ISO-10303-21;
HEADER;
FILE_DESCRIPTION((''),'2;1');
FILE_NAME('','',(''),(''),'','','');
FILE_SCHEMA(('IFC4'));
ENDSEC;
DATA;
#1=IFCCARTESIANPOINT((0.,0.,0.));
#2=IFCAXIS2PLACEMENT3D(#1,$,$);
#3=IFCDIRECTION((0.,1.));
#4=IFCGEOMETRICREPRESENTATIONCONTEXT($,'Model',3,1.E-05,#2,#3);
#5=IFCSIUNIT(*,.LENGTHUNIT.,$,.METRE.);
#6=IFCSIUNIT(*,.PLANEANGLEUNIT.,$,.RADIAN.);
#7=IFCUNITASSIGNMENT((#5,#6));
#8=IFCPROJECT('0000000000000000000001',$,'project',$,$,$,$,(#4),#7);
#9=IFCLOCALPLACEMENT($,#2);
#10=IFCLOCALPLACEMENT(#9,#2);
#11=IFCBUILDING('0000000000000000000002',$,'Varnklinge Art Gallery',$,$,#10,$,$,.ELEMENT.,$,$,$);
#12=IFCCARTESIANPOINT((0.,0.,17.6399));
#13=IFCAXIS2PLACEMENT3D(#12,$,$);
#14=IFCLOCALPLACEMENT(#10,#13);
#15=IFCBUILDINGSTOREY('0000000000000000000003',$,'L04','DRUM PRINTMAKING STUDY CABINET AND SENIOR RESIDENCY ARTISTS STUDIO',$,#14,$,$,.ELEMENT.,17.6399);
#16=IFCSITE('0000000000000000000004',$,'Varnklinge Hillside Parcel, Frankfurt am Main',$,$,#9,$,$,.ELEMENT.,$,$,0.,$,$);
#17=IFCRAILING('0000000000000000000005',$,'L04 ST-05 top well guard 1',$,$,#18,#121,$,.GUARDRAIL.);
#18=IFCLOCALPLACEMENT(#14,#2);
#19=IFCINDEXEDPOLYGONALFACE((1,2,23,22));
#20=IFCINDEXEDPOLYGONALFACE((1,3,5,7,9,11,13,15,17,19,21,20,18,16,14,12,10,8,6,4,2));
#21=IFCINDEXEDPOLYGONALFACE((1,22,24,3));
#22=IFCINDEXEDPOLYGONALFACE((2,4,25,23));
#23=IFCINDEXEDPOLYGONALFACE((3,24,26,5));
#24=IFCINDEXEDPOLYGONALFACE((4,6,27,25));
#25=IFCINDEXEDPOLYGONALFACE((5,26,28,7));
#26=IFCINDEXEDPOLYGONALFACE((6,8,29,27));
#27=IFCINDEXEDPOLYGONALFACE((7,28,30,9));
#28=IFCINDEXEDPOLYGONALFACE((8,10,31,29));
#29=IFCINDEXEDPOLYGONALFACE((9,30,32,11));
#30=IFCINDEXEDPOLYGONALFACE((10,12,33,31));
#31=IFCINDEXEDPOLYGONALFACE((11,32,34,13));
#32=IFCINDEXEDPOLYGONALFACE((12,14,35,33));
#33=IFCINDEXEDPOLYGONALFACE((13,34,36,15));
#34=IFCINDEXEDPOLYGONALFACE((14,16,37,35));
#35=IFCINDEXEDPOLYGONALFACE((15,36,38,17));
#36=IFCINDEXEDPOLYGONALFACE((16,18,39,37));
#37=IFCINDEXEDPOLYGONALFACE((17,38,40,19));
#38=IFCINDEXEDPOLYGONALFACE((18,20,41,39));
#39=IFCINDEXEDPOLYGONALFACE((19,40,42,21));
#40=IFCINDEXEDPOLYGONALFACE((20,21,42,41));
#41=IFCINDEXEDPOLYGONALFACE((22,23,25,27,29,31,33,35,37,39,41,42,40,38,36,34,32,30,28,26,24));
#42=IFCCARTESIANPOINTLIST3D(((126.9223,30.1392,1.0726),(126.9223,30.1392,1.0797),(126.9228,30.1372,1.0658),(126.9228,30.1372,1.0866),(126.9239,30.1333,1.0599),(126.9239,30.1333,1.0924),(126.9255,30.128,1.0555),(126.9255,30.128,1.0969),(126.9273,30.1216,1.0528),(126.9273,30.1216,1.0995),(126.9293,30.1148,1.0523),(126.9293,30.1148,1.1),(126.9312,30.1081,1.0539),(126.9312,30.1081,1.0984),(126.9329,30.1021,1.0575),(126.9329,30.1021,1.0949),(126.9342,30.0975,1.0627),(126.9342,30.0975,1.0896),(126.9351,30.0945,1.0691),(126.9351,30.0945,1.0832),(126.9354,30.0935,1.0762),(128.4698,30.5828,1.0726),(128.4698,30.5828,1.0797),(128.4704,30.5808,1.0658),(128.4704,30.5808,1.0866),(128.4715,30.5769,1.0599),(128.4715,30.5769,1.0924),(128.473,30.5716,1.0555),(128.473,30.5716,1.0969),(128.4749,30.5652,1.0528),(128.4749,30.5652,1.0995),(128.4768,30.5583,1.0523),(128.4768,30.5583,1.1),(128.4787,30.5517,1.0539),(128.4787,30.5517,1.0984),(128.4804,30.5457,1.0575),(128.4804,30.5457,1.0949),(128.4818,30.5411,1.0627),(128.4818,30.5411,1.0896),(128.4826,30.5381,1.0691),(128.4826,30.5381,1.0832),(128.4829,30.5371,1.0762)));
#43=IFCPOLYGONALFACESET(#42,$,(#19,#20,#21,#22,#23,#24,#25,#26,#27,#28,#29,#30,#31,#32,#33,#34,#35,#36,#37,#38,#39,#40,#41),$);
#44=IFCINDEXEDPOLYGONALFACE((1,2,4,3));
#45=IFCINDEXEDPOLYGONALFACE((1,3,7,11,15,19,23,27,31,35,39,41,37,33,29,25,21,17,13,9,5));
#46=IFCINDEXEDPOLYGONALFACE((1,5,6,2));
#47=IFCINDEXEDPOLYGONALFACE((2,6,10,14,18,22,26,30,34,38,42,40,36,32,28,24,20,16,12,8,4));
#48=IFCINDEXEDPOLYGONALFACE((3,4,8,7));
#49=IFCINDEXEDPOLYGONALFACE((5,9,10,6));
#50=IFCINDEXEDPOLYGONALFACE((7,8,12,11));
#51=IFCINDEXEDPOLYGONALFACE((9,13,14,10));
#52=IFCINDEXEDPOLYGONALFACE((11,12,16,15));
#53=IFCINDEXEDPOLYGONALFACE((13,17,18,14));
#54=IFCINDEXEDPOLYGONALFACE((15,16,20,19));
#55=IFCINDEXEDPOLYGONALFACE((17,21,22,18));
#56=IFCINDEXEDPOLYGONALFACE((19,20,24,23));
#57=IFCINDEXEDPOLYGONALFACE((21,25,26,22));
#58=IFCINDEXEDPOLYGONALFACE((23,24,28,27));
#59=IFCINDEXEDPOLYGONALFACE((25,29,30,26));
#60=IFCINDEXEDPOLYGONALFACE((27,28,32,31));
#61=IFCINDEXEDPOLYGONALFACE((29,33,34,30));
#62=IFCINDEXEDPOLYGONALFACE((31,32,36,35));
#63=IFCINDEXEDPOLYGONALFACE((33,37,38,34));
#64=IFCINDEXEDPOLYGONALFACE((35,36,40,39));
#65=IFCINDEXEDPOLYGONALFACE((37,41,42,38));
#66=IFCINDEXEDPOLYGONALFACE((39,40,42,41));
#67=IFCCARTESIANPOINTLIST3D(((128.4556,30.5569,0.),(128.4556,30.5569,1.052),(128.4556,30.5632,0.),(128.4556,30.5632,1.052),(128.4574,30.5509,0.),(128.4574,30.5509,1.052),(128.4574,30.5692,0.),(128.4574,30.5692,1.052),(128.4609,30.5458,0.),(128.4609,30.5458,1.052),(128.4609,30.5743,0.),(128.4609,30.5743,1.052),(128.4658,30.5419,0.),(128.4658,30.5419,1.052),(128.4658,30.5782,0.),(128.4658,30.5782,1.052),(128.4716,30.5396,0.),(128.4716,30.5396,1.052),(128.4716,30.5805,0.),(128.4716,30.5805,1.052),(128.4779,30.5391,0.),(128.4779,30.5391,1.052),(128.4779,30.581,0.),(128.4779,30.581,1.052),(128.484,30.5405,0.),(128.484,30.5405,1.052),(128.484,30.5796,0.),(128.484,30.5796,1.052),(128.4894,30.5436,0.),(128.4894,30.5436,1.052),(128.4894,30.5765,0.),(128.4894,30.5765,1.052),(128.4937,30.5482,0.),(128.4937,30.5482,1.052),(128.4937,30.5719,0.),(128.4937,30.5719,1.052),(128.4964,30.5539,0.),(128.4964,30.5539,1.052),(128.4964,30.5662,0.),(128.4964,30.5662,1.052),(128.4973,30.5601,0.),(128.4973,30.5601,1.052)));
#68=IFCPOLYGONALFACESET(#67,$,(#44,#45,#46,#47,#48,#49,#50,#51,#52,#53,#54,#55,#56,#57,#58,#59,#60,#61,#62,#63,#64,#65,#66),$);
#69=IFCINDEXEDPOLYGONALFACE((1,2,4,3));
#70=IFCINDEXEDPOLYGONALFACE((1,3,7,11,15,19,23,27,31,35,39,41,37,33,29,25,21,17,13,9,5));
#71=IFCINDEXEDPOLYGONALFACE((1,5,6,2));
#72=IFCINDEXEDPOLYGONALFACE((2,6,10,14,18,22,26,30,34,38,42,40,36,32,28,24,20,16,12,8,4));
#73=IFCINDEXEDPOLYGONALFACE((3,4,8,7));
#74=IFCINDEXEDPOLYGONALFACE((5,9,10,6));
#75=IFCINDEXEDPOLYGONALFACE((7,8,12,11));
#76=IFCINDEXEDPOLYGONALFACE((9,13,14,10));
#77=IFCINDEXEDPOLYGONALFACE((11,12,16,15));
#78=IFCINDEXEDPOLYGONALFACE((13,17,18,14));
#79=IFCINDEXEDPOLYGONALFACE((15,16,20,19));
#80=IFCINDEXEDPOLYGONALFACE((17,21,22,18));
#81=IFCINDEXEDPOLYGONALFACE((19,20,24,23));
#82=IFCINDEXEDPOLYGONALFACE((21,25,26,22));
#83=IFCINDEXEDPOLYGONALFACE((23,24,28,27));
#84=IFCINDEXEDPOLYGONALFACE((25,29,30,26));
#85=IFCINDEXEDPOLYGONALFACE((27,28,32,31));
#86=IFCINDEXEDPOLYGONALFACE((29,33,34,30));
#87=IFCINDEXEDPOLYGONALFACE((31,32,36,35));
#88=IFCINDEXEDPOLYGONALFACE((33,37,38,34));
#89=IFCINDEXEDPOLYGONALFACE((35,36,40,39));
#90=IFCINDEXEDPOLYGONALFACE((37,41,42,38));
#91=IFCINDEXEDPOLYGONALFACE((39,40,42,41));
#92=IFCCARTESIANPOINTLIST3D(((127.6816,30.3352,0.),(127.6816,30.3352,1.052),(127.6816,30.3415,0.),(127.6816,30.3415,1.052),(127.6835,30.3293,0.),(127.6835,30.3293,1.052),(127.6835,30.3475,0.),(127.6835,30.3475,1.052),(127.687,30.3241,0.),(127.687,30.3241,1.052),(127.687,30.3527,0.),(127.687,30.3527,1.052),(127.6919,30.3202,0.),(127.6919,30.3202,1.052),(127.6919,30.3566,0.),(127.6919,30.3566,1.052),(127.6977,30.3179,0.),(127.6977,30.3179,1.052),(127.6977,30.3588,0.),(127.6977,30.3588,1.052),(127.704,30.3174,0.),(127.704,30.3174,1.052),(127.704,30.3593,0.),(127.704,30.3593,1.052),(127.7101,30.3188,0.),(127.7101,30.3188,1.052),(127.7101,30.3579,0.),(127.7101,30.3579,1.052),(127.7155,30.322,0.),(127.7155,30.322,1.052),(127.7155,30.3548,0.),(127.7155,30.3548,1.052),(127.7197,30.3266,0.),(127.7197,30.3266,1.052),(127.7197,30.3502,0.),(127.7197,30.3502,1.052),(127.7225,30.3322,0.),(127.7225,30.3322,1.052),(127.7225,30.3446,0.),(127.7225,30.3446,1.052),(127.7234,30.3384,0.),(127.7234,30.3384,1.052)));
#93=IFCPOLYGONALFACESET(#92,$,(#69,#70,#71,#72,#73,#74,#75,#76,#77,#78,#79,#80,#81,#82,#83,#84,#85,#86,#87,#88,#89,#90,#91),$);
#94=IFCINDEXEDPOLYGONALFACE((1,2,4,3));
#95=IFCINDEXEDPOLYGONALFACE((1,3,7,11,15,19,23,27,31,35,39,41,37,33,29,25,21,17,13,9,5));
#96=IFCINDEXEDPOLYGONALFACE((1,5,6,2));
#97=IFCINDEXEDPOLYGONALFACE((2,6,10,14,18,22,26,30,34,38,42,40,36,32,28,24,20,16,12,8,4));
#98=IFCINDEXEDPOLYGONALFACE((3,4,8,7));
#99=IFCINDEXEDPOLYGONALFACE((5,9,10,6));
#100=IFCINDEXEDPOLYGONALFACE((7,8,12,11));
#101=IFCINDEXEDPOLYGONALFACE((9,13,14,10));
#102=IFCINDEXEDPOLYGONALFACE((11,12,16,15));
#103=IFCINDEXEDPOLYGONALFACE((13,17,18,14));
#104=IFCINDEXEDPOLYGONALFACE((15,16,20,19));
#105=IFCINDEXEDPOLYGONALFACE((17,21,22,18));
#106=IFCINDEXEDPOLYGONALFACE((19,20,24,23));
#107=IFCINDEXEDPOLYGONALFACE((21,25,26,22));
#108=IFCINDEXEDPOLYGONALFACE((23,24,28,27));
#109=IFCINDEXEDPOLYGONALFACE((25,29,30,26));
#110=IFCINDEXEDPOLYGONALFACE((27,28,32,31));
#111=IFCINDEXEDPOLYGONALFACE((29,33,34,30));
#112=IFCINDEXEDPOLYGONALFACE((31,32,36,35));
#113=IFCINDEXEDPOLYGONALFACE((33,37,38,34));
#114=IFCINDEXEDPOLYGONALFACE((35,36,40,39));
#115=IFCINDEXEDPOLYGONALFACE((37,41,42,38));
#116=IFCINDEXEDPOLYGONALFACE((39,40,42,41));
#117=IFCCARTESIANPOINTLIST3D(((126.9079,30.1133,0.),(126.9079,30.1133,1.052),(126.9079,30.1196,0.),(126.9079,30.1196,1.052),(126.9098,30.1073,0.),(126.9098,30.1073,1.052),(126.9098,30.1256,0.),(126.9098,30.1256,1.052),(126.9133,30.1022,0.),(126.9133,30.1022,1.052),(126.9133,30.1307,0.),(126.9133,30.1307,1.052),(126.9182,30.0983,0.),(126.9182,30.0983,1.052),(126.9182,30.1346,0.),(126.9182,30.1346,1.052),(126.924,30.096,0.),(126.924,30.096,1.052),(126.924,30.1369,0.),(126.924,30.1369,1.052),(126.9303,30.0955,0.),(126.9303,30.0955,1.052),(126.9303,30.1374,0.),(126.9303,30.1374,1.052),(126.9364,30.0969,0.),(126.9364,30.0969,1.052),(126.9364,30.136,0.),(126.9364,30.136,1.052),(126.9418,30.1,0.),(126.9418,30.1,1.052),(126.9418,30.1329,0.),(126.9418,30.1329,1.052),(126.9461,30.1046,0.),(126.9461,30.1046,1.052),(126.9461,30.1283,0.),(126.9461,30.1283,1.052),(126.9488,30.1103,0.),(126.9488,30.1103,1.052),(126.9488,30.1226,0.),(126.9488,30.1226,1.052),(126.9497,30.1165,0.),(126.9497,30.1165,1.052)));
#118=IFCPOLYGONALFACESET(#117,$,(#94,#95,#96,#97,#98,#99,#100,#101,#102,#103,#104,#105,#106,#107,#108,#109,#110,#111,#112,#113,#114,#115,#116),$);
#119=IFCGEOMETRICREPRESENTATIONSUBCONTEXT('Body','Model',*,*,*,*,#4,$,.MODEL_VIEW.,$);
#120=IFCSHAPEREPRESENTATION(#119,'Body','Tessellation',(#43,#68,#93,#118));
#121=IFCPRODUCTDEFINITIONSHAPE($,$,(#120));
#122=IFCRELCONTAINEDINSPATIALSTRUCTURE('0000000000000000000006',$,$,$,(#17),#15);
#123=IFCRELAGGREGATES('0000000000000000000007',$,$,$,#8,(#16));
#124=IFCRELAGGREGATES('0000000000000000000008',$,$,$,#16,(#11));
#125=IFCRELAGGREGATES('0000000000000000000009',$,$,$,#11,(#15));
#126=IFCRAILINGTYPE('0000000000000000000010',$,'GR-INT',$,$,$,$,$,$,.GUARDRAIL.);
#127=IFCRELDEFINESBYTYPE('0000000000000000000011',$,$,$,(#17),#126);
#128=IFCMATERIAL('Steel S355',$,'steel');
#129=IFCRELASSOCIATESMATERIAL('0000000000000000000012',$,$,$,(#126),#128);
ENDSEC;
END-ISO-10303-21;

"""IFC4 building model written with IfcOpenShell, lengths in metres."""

from ifc_helpers import new_model, si_unit, direction, frame, origin, origin_2d, place, context, subcontext, project, spatial, circle, extrude, material, type_object, element, save


model = new_model("IFC4")

# Units and contexts
model_context = context("Model", 3, precision=1e-05, world=origin(), true_north=direction((0.0, 1.0)))
body_context = subcontext(model_context, "Body", "Model", "MODEL_VIEW")
ifc_project = project(units=[si_unit("LENGTHUNIT", "METRE"), si_unit("PLANEANGLEUNIT", "RADIAN")], contexts=[model_context])

# Site, building, storey
site_placement = place(None, origin())
site = spatial("IfcSite", under=ifc_project, at=site_placement, Name="Varnklinge Hillside Parcel, Frankfurt am Main", CompositionType="ELEMENT", RefElevation=0.0)
building_placement = place(site_placement, origin())
building = spatial("IfcBuilding", under=site, at=building_placement, Name="Varnklinge Art Gallery", CompositionType="ELEMENT")
storey_placement = place(building_placement, frame((0.0, 0.0, 17.6399)))
storey = spatial("IfcBuildingStorey", under=building, at=storey_placement, Name="L04", Description="DRUM PRINTMAKING STUDY CABINET AND SENIOR RESIDENCY ARTISTS STUDIO", CompositionType="ELEMENT", Elevation=17.6399)

# Railing
ifc_material_1 = material(Name="Steel S355", Category="steel")
railing_type = type_object("IfcRailingType", Name="GR-INT", PredefinedType="GUARDRAIL", material=ifc_material_1)
railing_placement = place(storey_placement, frame((128.4763, 30.5601, 0.0)))
element("IfcRailing", 1, at=railing_placement, inside=storey, type_object=railing_type, Name="L04 ST-05 top well guard 1", PredefinedType="GUARDRAIL", context=body_context, shape_type="SweptSolid", body=[
    extrude(circle(Radius=0.0239, at=origin_2d()), frame((0.0, 0.0, 1.0762), z_axis=(-0.961289, -0.275542, 0.0), x_axis=(0.275542, -0.961289, 0.0)), (0.0, 0.0, 1.0), 1.6099),
    extrude(circle(Radius=0.021, at=origin_2d()), origin(), (0.0, 0.0, 1.0), 1.052),
    extrude(circle(Radius=0.021, at=origin_2d()), frame((-0.7739, -0.2217, 0.0)), (0.0, 0.0, 1.0), 1.052),
    extrude(circle(Radius=0.021, at=origin_2d()), frame((-1.5476, -0.4436, 0.0)), (0.0, 0.0, 1.0), 1.052),
])

save(model, "model.ifc")
